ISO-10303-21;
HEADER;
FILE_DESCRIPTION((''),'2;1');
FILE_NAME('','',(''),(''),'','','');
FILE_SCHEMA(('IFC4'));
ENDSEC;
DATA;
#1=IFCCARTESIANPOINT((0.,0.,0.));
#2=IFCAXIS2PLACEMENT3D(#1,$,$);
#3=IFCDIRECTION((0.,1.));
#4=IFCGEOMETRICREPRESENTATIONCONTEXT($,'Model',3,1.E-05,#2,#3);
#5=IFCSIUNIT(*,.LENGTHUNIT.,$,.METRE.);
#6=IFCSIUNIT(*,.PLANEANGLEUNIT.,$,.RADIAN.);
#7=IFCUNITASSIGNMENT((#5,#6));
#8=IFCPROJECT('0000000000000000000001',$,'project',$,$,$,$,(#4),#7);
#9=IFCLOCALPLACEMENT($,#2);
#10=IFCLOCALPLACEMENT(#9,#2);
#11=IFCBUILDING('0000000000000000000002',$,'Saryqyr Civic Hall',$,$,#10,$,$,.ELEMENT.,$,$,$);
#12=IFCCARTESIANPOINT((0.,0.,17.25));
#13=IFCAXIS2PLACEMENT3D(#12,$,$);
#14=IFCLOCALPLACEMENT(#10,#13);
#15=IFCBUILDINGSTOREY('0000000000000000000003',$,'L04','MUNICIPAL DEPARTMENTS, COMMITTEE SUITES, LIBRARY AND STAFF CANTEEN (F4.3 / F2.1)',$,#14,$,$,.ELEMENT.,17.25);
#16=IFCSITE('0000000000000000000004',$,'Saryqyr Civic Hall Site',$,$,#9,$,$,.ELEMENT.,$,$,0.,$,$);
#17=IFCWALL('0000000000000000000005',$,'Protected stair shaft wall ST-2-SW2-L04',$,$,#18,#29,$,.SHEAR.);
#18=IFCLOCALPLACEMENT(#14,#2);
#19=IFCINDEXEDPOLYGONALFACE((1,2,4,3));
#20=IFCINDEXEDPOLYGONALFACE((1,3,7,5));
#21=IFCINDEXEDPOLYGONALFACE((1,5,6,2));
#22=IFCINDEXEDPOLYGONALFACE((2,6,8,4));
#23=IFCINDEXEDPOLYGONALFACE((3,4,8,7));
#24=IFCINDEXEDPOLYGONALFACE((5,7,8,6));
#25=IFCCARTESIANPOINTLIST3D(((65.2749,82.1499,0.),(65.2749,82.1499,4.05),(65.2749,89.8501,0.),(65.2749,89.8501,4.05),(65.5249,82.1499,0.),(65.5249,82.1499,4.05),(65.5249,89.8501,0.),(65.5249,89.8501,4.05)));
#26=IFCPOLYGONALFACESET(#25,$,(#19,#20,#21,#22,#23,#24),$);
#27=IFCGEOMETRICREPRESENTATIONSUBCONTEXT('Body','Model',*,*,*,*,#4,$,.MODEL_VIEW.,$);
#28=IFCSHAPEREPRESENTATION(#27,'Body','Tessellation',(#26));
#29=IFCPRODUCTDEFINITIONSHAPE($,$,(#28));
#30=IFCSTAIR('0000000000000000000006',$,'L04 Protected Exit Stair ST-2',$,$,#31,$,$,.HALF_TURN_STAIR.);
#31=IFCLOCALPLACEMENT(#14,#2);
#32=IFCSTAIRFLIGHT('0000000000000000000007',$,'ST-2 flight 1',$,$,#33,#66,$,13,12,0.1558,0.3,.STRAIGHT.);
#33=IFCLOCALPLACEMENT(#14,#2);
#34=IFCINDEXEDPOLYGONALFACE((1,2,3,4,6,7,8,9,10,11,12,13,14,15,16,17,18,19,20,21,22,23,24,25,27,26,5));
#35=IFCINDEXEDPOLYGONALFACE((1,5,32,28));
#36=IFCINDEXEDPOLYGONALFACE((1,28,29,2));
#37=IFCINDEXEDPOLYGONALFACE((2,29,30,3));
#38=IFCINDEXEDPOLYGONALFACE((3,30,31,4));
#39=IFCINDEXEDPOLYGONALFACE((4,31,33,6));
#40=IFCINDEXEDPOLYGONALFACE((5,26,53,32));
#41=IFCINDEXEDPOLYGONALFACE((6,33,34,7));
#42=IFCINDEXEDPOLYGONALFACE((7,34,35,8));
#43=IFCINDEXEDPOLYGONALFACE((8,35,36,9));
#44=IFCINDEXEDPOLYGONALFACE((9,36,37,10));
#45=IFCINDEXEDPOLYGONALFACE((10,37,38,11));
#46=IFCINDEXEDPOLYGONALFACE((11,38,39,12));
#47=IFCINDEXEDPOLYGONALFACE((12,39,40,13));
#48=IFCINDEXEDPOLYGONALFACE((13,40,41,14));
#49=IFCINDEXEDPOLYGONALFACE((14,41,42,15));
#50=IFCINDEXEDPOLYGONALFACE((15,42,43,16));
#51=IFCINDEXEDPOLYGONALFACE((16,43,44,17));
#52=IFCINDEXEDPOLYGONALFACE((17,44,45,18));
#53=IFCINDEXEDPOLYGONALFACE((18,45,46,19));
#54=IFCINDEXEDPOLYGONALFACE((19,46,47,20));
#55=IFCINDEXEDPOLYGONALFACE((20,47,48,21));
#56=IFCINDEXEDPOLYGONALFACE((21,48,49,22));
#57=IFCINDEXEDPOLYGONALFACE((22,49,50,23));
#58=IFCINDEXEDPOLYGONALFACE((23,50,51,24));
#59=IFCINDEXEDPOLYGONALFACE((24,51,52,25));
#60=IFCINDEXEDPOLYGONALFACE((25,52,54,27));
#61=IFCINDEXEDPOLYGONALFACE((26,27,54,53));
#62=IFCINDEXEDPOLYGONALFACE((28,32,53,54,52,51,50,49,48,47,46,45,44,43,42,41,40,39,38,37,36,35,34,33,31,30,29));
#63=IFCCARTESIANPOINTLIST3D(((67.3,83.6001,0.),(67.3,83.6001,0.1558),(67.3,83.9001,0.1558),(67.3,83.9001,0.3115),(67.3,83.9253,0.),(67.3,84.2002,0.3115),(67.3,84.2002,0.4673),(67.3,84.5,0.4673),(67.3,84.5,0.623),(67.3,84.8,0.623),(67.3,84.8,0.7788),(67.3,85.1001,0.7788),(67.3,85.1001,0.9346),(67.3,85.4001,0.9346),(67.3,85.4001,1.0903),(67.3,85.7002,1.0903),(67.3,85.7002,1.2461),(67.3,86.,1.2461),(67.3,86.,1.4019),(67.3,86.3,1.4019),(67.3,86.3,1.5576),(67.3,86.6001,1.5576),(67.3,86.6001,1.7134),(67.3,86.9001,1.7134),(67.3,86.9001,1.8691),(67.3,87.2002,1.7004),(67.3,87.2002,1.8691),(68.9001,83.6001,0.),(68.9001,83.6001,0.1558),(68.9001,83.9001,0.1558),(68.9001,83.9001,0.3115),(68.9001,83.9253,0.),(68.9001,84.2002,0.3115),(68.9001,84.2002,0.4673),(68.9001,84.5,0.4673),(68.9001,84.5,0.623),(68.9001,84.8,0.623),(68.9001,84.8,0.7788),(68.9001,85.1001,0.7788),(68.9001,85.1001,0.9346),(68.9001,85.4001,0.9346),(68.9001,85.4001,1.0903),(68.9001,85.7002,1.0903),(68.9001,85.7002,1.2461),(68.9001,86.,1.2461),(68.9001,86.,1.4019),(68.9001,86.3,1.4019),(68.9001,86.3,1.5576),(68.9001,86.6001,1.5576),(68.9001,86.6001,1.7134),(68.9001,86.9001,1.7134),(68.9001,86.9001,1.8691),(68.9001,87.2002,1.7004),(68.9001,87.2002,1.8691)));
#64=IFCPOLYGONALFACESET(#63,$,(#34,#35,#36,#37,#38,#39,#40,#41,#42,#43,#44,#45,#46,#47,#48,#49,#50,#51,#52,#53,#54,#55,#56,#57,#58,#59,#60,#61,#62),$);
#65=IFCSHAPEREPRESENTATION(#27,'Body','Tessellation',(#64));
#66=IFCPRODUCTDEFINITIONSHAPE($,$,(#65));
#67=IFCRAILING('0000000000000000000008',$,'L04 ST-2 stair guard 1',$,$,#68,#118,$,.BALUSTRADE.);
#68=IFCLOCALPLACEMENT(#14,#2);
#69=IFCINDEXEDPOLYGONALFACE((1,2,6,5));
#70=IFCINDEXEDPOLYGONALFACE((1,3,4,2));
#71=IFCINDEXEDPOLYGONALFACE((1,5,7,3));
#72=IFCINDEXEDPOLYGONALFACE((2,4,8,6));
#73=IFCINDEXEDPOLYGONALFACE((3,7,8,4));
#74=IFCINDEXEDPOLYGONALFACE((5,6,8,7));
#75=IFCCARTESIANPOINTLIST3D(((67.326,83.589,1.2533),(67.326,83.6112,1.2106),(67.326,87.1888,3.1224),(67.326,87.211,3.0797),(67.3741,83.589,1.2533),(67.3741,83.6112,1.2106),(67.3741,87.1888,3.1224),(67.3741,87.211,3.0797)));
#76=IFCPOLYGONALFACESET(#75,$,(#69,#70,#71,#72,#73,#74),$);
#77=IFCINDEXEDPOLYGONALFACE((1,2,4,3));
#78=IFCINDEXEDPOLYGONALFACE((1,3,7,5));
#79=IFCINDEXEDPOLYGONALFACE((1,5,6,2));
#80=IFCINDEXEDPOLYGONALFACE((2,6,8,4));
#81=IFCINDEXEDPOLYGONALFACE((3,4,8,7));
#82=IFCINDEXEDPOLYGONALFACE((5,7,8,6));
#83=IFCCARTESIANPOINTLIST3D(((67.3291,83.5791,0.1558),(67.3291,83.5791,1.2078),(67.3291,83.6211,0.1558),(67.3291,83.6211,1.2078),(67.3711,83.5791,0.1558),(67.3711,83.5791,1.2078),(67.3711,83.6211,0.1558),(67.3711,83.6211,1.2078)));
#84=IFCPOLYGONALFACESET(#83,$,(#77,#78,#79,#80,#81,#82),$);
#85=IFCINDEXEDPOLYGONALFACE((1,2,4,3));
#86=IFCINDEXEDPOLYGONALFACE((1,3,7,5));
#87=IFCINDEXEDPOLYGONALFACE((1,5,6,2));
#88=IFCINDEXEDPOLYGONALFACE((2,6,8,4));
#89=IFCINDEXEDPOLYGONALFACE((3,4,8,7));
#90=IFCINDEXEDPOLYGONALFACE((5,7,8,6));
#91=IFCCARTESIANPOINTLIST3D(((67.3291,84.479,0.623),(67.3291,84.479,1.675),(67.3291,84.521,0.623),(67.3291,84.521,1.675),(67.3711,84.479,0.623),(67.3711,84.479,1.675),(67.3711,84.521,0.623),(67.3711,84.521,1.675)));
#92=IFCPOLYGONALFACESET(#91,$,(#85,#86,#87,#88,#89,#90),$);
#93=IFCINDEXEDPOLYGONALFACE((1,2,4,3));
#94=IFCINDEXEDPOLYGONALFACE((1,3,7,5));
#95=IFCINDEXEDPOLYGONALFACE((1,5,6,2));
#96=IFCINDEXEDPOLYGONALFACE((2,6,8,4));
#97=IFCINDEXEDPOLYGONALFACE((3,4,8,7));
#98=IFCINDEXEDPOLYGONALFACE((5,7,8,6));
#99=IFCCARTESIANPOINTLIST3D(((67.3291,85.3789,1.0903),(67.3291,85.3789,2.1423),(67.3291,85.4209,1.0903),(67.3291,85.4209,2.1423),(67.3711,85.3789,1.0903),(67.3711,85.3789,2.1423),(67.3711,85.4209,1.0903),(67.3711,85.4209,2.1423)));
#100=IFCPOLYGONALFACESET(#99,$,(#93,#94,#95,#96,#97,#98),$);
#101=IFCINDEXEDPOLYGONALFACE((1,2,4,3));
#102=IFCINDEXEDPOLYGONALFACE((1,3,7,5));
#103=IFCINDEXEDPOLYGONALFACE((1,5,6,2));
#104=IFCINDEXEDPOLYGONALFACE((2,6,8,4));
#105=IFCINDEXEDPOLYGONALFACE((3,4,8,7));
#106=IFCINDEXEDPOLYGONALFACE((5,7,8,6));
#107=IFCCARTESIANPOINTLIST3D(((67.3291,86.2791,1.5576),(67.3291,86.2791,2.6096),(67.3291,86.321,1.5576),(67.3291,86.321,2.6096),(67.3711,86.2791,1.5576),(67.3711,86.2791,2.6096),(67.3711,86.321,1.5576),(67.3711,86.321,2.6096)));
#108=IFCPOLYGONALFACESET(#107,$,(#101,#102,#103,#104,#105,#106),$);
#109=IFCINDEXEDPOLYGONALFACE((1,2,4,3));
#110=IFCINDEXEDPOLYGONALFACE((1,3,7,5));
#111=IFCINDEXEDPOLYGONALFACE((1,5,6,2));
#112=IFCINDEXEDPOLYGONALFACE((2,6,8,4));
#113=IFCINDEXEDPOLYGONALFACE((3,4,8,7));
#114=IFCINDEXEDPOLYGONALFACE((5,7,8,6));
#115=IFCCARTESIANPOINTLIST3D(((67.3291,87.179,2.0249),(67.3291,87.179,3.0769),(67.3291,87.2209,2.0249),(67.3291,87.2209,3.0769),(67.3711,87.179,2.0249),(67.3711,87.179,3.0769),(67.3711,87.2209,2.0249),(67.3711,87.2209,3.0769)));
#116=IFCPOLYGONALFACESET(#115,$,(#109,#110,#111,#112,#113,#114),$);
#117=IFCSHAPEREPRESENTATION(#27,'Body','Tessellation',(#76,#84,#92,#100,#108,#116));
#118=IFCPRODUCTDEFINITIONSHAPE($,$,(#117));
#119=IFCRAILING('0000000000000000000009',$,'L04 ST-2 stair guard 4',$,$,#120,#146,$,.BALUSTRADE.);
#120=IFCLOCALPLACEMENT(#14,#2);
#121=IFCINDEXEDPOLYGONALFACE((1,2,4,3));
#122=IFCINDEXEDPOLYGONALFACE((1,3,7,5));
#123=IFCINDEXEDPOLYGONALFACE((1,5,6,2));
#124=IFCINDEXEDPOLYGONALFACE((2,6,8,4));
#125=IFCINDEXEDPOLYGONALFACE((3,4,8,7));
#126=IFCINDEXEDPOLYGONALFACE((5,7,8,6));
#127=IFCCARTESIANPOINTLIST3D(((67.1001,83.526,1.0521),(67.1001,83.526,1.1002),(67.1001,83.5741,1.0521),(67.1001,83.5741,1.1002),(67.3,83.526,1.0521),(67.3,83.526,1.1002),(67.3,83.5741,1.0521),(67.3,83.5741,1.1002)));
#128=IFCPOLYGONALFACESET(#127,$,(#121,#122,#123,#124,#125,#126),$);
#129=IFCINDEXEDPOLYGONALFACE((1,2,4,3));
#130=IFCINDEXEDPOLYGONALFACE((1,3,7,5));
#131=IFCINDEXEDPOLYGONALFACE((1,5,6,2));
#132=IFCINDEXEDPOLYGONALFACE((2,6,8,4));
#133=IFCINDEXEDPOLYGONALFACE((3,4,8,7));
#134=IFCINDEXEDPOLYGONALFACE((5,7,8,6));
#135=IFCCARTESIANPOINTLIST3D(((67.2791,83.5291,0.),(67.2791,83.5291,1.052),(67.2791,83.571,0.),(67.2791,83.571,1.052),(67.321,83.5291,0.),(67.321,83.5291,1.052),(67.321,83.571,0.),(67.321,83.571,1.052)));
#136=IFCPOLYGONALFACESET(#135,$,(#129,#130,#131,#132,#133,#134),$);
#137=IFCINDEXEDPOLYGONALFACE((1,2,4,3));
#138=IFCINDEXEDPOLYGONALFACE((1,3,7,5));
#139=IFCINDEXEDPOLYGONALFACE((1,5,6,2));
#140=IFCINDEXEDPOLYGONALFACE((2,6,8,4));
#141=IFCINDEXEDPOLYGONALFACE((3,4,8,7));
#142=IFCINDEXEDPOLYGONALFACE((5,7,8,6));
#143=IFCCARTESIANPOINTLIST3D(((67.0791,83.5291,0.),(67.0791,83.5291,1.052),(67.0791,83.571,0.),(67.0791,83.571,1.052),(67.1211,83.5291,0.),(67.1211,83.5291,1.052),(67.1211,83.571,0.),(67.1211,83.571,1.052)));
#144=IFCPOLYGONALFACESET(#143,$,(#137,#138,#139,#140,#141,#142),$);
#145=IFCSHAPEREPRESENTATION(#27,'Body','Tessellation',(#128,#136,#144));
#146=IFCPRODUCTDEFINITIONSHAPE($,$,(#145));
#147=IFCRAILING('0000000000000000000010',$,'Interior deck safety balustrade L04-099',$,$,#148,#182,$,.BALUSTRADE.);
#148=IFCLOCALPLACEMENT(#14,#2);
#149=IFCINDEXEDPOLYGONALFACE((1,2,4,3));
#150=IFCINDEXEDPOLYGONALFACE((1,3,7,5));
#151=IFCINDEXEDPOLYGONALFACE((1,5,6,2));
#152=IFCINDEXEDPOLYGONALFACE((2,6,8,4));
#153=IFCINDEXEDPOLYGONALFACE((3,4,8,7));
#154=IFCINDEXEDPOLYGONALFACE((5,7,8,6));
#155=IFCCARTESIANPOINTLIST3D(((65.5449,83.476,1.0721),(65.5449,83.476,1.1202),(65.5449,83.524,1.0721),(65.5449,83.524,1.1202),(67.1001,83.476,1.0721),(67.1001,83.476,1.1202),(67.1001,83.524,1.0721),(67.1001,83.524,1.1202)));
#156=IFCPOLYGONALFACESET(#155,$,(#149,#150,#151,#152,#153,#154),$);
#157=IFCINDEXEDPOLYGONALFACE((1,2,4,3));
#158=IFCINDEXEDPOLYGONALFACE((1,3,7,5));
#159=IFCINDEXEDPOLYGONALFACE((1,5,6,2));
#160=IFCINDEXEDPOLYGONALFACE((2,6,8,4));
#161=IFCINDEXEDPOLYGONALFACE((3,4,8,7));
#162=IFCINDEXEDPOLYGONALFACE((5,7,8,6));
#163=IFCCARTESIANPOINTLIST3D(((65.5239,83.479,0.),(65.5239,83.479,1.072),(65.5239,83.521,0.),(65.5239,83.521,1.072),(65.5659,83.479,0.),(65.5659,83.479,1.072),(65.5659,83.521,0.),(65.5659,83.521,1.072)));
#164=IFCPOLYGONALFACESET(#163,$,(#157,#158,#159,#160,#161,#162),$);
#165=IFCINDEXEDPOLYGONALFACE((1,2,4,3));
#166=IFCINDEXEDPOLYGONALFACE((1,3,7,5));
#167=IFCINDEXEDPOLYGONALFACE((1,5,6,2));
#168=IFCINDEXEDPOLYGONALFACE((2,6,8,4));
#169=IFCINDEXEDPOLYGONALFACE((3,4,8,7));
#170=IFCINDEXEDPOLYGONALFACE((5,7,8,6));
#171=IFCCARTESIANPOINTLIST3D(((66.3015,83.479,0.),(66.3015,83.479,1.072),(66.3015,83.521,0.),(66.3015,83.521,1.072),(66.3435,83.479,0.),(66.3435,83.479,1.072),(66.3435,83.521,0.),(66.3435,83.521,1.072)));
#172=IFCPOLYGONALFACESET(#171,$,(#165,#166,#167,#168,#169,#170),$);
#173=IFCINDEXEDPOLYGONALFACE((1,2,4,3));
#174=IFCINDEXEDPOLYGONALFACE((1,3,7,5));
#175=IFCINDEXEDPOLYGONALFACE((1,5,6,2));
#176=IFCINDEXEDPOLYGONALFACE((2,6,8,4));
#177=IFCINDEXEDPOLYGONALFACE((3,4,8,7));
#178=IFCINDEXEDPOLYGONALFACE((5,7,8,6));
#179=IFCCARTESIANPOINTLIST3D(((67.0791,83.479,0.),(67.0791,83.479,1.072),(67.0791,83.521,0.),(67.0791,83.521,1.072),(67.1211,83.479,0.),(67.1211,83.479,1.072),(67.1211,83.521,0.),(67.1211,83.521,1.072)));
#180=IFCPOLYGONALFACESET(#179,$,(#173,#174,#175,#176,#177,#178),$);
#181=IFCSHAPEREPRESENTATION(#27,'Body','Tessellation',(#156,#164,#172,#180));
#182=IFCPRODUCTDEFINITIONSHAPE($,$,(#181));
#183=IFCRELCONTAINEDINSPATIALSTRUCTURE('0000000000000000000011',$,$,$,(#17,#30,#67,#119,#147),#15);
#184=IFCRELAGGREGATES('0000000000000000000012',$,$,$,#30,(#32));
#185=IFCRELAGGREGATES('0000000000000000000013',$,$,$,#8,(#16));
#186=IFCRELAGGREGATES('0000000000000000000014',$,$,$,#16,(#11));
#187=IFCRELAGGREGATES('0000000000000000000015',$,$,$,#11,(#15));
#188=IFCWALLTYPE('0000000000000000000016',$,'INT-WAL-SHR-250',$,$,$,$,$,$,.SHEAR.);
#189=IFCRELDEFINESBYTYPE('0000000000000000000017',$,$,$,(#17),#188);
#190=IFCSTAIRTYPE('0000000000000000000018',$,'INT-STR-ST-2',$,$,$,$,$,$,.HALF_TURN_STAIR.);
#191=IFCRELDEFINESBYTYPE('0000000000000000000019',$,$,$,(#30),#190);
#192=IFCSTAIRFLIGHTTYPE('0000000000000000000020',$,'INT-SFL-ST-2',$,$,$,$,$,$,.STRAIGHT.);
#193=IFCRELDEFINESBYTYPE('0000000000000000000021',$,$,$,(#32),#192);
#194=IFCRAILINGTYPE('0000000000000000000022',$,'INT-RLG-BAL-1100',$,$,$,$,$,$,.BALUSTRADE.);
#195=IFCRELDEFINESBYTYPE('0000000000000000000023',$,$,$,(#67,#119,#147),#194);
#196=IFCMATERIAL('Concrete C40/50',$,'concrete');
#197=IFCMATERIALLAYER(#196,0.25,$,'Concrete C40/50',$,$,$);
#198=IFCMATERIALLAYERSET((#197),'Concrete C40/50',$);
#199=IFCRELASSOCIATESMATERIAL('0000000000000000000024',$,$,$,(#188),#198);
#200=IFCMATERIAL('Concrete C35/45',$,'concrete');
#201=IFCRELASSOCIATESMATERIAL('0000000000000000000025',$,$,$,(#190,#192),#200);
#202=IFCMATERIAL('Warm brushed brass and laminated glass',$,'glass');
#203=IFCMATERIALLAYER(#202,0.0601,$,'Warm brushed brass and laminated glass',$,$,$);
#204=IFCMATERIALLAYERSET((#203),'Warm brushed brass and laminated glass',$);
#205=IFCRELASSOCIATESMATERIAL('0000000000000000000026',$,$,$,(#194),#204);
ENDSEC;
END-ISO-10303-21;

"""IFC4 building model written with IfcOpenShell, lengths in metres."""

from ifc_helpers import new_model, si_unit, direction, frame, frame_2d, origin, origin_2d, place, context, subcontext, project, spatial, polyline, rectangle, outline, extrude, material, layer, layer_set, type_object, element, aggregate, save


model = new_model("IFC4")

# Units and contexts
model_context = context("Model", 3, precision=1e-05, world=origin(), true_north=direction((0.0, 1.0)))
body_context = subcontext(model_context, "Body", "Model", "MODEL_VIEW")
ifc_project = project(units=[si_unit("LENGTHUNIT", "METRE"), si_unit("PLANEANGLEUNIT", "RADIAN")], contexts=[model_context])

# Site, building, storey
site_placement = place(None, origin())
site = spatial("IfcSite", under=ifc_project, at=site_placement, Name="Saryqyr Civic Hall Site", CompositionType="ELEMENT", RefElevation=0.0)
building_placement = place(site_placement, origin())
building = spatial("IfcBuilding", under=site, at=building_placement, Name="Saryqyr Civic Hall", CompositionType="ELEMENT")
storey_placement = place(building_placement, frame((0.0, 0.0, 17.25)))
storey = spatial("IfcBuildingStorey", under=building, at=storey_placement, Name="L04", Description="MUNICIPAL DEPARTMENTS, COMMITTEE SUITES, LIBRARY AND STAFF CANTEEN (F4.3 / F2.1)", CompositionType="ELEMENT", Elevation=17.25)

# Shared definitions
ifc_material_1 = material(Name="Concrete C40/50", Category="concrete")

# Wall
ifc_layer_1 = layer(ifc_material_1, 0.25, Name="Concrete C40/50")
ifc_layer_set_1 = layer_set([ifc_layer_1], Name="Concrete C40/50")
wall_type_1 = type_object("IfcWallType", Name="INT-WAL-SHR-250", PredefinedType="SHEAR", material=ifc_layer_set_1)
wall_1_placement = place(storey_placement, frame((65.3999, 82.1499, 0.0), z_axis=(0.0, 0.0, 1.0), x_axis=(0.0, 1.0, 0.0)))
element("IfcWall", 1, at=wall_1_placement, inside=storey, type_object=wall_type_1, Name="Protected stair shaft wall ST-2-SW2-L04", PredefinedType="SHEAR", context=body_context, shape_type="SweptSolid", body=[
    extrude(rectangle(XDim=7.7002, YDim=0.25, at=frame_2d((3.8501, 0.0))), origin(), (0.0, 0.0, 1.0), 4.05),
])

# Stair, stair flight
ifc_material_2 = material(Name="Concrete C35/45", Category="concrete")
stair_type = type_object("IfcStairType", Name="INT-STR-ST-2", PredefinedType="HALF_TURN_STAIR", material=ifc_material_2)
stair_placement = place(storey_placement, origin())
stair = element("IfcStair", 2, at=stair_placement, inside=storey, type_object=stair_type, Name="L04 Protected Exit Stair ST-2", PredefinedType="HALF_TURN_STAIR")
stair_flight_type = type_object("IfcStairFlightType", Name="INT-SFL-ST-2", PredefinedType="STRAIGHT", material=ifc_material_2)
stair_flight_placement = place(storey_placement, frame((68.1001, 83.6001, 0.0), z_axis=(0.0, 0.0, 1.0), x_axis=(0.0, 1.0, 0.0)))
stair_flight = element("IfcStairFlight", 3, at=stair_flight_placement, type_object=stair_flight_type, Name="ST-2 flight 1", NumberOfRisers=13, NumberOfTreads=12, PredefinedType="STRAIGHT", RiserHeight=0.1558, TreadLength=0.3, context=body_context, shape_type="SweptSolid", body=[
    extrude(outline(polyline([(0.0, 0.0), (0.0, 0.1558), (0.3, 0.1558), (0.3, 0.3115), (0.6001, 0.3115), (0.6001, 0.4673), (0.8999, 0.4673), (0.8999, 0.623), (1.2, 0.623), (1.2, 0.7788), (1.5, 0.7788), (1.5, 0.9346), (1.8, 0.9346), (1.8, 1.0903), (2.1001, 1.0903), (2.1001, 1.2461), (2.3999, 1.2461), (2.3999, 1.4019), (2.7, 1.4019), (2.7, 1.5576), (3.0, 1.5576), (3.0, 1.7134), (3.3, 1.7134), (3.3, 1.8691), (3.6001, 1.8691), (3.6001, 2.0249), (3.6001, 1.7004), (0.3252, 0.0), (0.0, 0.0)])), frame((0.0, 0.8, 0.0), z_axis=(0.0, -1.0, 0.0), x_axis=(1.0, 0.0, 0.0)), (0.0, 0.0, 1.0), 1.6001),
])
aggregate(stair, [stair_flight])

# Railings
ifc_material_3 = material(Name="Warm brushed brass and laminated glass", Category="glass")
ifc_layer_2 = layer(ifc_material_3, 0.0601, Name="Warm brushed brass and laminated glass")
ifc_layer_set_2 = layer_set([ifc_layer_2], Name="Warm brushed brass and laminated glass")
railing_type = type_object("IfcRailingType", Name="INT-RLG-BAL-1100", PredefinedType="BALUSTRADE", material=ifc_layer_set_2)
railing_1_placement = place(storey_placement, frame((67.3501, 83.6001, 0.1558)))
element("IfcRailing", 4, at=railing_1_placement, inside=storey, type_object=railing_type, Name="L04 ST-2 stair guard 1", PredefinedType="BALUSTRADE", context=body_context, shape_type="SweptSolid", body=[
    extrude(rectangle(XDim=0.0481, YDim=0.0481, at=origin_2d()), frame((0.0, 0.0, 1.0762), z_axis=(0.0, 0.887497, 0.460813), x_axis=(-1.0, 0.0, 0.0)), (0.0, 0.0, 1.0), 4.0562),
    extrude(rectangle(XDim=0.042, YDim=0.042, at=origin_2d()), origin(), (0.0, 0.0, 1.0), 1.052),
    extrude(rectangle(XDim=0.042, YDim=0.042, at=origin_2d()), frame((0.0, 0.8999, 0.4673)), (0.0, 0.0, 1.0), 1.052),
    extrude(rectangle(XDim=0.042, YDim=0.042, at=origin_2d()), frame((0.0, 1.7998, 0.9346)), (0.0, 0.0, 1.0), 1.052),
    extrude(rectangle(XDim=0.042, YDim=0.042, at=origin_2d()), frame((0.0, 2.7, 1.4019)), (0.0, 0.0, 1.0), 1.052),
    extrude(rectangle(XDim=0.042, YDim=0.042, at=origin_2d()), frame((0.0, 3.5999, 1.8691)), (0.0, 0.0, 1.0), 1.052),
])
railing_2_placement = place(storey_placement, frame((67.3, 83.55, 0.0)))
element("IfcRailing", 5, at=railing_2_placement, inside=storey, type_object=railing_type, Name="L04 ST-2 stair guard 4", PredefinedType="BALUSTRADE", context=body_context, shape_type="SweptSolid", body=[
    extrude(rectangle(XDim=0.0481, YDim=0.0481, at=origin_2d()), frame((0.0, 0.0, 1.0762), z_axis=(-1.0, 0.0, 0.0), x_axis=(0.0, -1.0, 0.0)), (0.0, 0.0, 1.0), 0.2),
    extrude(rectangle(XDim=0.042, YDim=0.042, at=origin_2d()), origin(), (0.0, 0.0, 1.0), 1.052),
    extrude(rectangle(XDim=0.042, YDim=0.042, at=origin_2d()), frame((-0.2, 0.0, 0.0)), (0.0, 0.0, 1.0), 1.052),
])
railing_3_placement = place(storey_placement, frame((65.5449, 83.5, 0.0)))
element("IfcRailing", 6, at=railing_3_placement, inside=storey, type_object=railing_type, Name="Interior deck safety balustrade L04-099", PredefinedType="BALUSTRADE", context=body_context, shape_type="SweptSolid", body=[
    extrude(rectangle(XDim=0.0481, YDim=0.0481, at=origin_2d()), frame((0.0, 0.0, 1.0962), z_axis=(1.0, 0.0, 0.0), x_axis=(0.0, 1.0, 0.0)), (0.0, 0.0, 1.0), 1.5552),
    extrude(rectangle(XDim=0.042, YDim=0.042, at=origin_2d()), origin(), (0.0, 0.0, 1.0), 1.072),
    extrude(rectangle(XDim=0.042, YDim=0.042, at=origin_2d()), frame((0.7776, 0.0, 0.0)), (0.0, 0.0, 1.0), 1.072),
    extrude(rectangle(XDim=0.042, YDim=0.042, at=origin_2d()), frame((1.5552, 0.0, 0.0)), (0.0, 0.0, 1.0), 1.072),
])

save(model, "model.ifc")
